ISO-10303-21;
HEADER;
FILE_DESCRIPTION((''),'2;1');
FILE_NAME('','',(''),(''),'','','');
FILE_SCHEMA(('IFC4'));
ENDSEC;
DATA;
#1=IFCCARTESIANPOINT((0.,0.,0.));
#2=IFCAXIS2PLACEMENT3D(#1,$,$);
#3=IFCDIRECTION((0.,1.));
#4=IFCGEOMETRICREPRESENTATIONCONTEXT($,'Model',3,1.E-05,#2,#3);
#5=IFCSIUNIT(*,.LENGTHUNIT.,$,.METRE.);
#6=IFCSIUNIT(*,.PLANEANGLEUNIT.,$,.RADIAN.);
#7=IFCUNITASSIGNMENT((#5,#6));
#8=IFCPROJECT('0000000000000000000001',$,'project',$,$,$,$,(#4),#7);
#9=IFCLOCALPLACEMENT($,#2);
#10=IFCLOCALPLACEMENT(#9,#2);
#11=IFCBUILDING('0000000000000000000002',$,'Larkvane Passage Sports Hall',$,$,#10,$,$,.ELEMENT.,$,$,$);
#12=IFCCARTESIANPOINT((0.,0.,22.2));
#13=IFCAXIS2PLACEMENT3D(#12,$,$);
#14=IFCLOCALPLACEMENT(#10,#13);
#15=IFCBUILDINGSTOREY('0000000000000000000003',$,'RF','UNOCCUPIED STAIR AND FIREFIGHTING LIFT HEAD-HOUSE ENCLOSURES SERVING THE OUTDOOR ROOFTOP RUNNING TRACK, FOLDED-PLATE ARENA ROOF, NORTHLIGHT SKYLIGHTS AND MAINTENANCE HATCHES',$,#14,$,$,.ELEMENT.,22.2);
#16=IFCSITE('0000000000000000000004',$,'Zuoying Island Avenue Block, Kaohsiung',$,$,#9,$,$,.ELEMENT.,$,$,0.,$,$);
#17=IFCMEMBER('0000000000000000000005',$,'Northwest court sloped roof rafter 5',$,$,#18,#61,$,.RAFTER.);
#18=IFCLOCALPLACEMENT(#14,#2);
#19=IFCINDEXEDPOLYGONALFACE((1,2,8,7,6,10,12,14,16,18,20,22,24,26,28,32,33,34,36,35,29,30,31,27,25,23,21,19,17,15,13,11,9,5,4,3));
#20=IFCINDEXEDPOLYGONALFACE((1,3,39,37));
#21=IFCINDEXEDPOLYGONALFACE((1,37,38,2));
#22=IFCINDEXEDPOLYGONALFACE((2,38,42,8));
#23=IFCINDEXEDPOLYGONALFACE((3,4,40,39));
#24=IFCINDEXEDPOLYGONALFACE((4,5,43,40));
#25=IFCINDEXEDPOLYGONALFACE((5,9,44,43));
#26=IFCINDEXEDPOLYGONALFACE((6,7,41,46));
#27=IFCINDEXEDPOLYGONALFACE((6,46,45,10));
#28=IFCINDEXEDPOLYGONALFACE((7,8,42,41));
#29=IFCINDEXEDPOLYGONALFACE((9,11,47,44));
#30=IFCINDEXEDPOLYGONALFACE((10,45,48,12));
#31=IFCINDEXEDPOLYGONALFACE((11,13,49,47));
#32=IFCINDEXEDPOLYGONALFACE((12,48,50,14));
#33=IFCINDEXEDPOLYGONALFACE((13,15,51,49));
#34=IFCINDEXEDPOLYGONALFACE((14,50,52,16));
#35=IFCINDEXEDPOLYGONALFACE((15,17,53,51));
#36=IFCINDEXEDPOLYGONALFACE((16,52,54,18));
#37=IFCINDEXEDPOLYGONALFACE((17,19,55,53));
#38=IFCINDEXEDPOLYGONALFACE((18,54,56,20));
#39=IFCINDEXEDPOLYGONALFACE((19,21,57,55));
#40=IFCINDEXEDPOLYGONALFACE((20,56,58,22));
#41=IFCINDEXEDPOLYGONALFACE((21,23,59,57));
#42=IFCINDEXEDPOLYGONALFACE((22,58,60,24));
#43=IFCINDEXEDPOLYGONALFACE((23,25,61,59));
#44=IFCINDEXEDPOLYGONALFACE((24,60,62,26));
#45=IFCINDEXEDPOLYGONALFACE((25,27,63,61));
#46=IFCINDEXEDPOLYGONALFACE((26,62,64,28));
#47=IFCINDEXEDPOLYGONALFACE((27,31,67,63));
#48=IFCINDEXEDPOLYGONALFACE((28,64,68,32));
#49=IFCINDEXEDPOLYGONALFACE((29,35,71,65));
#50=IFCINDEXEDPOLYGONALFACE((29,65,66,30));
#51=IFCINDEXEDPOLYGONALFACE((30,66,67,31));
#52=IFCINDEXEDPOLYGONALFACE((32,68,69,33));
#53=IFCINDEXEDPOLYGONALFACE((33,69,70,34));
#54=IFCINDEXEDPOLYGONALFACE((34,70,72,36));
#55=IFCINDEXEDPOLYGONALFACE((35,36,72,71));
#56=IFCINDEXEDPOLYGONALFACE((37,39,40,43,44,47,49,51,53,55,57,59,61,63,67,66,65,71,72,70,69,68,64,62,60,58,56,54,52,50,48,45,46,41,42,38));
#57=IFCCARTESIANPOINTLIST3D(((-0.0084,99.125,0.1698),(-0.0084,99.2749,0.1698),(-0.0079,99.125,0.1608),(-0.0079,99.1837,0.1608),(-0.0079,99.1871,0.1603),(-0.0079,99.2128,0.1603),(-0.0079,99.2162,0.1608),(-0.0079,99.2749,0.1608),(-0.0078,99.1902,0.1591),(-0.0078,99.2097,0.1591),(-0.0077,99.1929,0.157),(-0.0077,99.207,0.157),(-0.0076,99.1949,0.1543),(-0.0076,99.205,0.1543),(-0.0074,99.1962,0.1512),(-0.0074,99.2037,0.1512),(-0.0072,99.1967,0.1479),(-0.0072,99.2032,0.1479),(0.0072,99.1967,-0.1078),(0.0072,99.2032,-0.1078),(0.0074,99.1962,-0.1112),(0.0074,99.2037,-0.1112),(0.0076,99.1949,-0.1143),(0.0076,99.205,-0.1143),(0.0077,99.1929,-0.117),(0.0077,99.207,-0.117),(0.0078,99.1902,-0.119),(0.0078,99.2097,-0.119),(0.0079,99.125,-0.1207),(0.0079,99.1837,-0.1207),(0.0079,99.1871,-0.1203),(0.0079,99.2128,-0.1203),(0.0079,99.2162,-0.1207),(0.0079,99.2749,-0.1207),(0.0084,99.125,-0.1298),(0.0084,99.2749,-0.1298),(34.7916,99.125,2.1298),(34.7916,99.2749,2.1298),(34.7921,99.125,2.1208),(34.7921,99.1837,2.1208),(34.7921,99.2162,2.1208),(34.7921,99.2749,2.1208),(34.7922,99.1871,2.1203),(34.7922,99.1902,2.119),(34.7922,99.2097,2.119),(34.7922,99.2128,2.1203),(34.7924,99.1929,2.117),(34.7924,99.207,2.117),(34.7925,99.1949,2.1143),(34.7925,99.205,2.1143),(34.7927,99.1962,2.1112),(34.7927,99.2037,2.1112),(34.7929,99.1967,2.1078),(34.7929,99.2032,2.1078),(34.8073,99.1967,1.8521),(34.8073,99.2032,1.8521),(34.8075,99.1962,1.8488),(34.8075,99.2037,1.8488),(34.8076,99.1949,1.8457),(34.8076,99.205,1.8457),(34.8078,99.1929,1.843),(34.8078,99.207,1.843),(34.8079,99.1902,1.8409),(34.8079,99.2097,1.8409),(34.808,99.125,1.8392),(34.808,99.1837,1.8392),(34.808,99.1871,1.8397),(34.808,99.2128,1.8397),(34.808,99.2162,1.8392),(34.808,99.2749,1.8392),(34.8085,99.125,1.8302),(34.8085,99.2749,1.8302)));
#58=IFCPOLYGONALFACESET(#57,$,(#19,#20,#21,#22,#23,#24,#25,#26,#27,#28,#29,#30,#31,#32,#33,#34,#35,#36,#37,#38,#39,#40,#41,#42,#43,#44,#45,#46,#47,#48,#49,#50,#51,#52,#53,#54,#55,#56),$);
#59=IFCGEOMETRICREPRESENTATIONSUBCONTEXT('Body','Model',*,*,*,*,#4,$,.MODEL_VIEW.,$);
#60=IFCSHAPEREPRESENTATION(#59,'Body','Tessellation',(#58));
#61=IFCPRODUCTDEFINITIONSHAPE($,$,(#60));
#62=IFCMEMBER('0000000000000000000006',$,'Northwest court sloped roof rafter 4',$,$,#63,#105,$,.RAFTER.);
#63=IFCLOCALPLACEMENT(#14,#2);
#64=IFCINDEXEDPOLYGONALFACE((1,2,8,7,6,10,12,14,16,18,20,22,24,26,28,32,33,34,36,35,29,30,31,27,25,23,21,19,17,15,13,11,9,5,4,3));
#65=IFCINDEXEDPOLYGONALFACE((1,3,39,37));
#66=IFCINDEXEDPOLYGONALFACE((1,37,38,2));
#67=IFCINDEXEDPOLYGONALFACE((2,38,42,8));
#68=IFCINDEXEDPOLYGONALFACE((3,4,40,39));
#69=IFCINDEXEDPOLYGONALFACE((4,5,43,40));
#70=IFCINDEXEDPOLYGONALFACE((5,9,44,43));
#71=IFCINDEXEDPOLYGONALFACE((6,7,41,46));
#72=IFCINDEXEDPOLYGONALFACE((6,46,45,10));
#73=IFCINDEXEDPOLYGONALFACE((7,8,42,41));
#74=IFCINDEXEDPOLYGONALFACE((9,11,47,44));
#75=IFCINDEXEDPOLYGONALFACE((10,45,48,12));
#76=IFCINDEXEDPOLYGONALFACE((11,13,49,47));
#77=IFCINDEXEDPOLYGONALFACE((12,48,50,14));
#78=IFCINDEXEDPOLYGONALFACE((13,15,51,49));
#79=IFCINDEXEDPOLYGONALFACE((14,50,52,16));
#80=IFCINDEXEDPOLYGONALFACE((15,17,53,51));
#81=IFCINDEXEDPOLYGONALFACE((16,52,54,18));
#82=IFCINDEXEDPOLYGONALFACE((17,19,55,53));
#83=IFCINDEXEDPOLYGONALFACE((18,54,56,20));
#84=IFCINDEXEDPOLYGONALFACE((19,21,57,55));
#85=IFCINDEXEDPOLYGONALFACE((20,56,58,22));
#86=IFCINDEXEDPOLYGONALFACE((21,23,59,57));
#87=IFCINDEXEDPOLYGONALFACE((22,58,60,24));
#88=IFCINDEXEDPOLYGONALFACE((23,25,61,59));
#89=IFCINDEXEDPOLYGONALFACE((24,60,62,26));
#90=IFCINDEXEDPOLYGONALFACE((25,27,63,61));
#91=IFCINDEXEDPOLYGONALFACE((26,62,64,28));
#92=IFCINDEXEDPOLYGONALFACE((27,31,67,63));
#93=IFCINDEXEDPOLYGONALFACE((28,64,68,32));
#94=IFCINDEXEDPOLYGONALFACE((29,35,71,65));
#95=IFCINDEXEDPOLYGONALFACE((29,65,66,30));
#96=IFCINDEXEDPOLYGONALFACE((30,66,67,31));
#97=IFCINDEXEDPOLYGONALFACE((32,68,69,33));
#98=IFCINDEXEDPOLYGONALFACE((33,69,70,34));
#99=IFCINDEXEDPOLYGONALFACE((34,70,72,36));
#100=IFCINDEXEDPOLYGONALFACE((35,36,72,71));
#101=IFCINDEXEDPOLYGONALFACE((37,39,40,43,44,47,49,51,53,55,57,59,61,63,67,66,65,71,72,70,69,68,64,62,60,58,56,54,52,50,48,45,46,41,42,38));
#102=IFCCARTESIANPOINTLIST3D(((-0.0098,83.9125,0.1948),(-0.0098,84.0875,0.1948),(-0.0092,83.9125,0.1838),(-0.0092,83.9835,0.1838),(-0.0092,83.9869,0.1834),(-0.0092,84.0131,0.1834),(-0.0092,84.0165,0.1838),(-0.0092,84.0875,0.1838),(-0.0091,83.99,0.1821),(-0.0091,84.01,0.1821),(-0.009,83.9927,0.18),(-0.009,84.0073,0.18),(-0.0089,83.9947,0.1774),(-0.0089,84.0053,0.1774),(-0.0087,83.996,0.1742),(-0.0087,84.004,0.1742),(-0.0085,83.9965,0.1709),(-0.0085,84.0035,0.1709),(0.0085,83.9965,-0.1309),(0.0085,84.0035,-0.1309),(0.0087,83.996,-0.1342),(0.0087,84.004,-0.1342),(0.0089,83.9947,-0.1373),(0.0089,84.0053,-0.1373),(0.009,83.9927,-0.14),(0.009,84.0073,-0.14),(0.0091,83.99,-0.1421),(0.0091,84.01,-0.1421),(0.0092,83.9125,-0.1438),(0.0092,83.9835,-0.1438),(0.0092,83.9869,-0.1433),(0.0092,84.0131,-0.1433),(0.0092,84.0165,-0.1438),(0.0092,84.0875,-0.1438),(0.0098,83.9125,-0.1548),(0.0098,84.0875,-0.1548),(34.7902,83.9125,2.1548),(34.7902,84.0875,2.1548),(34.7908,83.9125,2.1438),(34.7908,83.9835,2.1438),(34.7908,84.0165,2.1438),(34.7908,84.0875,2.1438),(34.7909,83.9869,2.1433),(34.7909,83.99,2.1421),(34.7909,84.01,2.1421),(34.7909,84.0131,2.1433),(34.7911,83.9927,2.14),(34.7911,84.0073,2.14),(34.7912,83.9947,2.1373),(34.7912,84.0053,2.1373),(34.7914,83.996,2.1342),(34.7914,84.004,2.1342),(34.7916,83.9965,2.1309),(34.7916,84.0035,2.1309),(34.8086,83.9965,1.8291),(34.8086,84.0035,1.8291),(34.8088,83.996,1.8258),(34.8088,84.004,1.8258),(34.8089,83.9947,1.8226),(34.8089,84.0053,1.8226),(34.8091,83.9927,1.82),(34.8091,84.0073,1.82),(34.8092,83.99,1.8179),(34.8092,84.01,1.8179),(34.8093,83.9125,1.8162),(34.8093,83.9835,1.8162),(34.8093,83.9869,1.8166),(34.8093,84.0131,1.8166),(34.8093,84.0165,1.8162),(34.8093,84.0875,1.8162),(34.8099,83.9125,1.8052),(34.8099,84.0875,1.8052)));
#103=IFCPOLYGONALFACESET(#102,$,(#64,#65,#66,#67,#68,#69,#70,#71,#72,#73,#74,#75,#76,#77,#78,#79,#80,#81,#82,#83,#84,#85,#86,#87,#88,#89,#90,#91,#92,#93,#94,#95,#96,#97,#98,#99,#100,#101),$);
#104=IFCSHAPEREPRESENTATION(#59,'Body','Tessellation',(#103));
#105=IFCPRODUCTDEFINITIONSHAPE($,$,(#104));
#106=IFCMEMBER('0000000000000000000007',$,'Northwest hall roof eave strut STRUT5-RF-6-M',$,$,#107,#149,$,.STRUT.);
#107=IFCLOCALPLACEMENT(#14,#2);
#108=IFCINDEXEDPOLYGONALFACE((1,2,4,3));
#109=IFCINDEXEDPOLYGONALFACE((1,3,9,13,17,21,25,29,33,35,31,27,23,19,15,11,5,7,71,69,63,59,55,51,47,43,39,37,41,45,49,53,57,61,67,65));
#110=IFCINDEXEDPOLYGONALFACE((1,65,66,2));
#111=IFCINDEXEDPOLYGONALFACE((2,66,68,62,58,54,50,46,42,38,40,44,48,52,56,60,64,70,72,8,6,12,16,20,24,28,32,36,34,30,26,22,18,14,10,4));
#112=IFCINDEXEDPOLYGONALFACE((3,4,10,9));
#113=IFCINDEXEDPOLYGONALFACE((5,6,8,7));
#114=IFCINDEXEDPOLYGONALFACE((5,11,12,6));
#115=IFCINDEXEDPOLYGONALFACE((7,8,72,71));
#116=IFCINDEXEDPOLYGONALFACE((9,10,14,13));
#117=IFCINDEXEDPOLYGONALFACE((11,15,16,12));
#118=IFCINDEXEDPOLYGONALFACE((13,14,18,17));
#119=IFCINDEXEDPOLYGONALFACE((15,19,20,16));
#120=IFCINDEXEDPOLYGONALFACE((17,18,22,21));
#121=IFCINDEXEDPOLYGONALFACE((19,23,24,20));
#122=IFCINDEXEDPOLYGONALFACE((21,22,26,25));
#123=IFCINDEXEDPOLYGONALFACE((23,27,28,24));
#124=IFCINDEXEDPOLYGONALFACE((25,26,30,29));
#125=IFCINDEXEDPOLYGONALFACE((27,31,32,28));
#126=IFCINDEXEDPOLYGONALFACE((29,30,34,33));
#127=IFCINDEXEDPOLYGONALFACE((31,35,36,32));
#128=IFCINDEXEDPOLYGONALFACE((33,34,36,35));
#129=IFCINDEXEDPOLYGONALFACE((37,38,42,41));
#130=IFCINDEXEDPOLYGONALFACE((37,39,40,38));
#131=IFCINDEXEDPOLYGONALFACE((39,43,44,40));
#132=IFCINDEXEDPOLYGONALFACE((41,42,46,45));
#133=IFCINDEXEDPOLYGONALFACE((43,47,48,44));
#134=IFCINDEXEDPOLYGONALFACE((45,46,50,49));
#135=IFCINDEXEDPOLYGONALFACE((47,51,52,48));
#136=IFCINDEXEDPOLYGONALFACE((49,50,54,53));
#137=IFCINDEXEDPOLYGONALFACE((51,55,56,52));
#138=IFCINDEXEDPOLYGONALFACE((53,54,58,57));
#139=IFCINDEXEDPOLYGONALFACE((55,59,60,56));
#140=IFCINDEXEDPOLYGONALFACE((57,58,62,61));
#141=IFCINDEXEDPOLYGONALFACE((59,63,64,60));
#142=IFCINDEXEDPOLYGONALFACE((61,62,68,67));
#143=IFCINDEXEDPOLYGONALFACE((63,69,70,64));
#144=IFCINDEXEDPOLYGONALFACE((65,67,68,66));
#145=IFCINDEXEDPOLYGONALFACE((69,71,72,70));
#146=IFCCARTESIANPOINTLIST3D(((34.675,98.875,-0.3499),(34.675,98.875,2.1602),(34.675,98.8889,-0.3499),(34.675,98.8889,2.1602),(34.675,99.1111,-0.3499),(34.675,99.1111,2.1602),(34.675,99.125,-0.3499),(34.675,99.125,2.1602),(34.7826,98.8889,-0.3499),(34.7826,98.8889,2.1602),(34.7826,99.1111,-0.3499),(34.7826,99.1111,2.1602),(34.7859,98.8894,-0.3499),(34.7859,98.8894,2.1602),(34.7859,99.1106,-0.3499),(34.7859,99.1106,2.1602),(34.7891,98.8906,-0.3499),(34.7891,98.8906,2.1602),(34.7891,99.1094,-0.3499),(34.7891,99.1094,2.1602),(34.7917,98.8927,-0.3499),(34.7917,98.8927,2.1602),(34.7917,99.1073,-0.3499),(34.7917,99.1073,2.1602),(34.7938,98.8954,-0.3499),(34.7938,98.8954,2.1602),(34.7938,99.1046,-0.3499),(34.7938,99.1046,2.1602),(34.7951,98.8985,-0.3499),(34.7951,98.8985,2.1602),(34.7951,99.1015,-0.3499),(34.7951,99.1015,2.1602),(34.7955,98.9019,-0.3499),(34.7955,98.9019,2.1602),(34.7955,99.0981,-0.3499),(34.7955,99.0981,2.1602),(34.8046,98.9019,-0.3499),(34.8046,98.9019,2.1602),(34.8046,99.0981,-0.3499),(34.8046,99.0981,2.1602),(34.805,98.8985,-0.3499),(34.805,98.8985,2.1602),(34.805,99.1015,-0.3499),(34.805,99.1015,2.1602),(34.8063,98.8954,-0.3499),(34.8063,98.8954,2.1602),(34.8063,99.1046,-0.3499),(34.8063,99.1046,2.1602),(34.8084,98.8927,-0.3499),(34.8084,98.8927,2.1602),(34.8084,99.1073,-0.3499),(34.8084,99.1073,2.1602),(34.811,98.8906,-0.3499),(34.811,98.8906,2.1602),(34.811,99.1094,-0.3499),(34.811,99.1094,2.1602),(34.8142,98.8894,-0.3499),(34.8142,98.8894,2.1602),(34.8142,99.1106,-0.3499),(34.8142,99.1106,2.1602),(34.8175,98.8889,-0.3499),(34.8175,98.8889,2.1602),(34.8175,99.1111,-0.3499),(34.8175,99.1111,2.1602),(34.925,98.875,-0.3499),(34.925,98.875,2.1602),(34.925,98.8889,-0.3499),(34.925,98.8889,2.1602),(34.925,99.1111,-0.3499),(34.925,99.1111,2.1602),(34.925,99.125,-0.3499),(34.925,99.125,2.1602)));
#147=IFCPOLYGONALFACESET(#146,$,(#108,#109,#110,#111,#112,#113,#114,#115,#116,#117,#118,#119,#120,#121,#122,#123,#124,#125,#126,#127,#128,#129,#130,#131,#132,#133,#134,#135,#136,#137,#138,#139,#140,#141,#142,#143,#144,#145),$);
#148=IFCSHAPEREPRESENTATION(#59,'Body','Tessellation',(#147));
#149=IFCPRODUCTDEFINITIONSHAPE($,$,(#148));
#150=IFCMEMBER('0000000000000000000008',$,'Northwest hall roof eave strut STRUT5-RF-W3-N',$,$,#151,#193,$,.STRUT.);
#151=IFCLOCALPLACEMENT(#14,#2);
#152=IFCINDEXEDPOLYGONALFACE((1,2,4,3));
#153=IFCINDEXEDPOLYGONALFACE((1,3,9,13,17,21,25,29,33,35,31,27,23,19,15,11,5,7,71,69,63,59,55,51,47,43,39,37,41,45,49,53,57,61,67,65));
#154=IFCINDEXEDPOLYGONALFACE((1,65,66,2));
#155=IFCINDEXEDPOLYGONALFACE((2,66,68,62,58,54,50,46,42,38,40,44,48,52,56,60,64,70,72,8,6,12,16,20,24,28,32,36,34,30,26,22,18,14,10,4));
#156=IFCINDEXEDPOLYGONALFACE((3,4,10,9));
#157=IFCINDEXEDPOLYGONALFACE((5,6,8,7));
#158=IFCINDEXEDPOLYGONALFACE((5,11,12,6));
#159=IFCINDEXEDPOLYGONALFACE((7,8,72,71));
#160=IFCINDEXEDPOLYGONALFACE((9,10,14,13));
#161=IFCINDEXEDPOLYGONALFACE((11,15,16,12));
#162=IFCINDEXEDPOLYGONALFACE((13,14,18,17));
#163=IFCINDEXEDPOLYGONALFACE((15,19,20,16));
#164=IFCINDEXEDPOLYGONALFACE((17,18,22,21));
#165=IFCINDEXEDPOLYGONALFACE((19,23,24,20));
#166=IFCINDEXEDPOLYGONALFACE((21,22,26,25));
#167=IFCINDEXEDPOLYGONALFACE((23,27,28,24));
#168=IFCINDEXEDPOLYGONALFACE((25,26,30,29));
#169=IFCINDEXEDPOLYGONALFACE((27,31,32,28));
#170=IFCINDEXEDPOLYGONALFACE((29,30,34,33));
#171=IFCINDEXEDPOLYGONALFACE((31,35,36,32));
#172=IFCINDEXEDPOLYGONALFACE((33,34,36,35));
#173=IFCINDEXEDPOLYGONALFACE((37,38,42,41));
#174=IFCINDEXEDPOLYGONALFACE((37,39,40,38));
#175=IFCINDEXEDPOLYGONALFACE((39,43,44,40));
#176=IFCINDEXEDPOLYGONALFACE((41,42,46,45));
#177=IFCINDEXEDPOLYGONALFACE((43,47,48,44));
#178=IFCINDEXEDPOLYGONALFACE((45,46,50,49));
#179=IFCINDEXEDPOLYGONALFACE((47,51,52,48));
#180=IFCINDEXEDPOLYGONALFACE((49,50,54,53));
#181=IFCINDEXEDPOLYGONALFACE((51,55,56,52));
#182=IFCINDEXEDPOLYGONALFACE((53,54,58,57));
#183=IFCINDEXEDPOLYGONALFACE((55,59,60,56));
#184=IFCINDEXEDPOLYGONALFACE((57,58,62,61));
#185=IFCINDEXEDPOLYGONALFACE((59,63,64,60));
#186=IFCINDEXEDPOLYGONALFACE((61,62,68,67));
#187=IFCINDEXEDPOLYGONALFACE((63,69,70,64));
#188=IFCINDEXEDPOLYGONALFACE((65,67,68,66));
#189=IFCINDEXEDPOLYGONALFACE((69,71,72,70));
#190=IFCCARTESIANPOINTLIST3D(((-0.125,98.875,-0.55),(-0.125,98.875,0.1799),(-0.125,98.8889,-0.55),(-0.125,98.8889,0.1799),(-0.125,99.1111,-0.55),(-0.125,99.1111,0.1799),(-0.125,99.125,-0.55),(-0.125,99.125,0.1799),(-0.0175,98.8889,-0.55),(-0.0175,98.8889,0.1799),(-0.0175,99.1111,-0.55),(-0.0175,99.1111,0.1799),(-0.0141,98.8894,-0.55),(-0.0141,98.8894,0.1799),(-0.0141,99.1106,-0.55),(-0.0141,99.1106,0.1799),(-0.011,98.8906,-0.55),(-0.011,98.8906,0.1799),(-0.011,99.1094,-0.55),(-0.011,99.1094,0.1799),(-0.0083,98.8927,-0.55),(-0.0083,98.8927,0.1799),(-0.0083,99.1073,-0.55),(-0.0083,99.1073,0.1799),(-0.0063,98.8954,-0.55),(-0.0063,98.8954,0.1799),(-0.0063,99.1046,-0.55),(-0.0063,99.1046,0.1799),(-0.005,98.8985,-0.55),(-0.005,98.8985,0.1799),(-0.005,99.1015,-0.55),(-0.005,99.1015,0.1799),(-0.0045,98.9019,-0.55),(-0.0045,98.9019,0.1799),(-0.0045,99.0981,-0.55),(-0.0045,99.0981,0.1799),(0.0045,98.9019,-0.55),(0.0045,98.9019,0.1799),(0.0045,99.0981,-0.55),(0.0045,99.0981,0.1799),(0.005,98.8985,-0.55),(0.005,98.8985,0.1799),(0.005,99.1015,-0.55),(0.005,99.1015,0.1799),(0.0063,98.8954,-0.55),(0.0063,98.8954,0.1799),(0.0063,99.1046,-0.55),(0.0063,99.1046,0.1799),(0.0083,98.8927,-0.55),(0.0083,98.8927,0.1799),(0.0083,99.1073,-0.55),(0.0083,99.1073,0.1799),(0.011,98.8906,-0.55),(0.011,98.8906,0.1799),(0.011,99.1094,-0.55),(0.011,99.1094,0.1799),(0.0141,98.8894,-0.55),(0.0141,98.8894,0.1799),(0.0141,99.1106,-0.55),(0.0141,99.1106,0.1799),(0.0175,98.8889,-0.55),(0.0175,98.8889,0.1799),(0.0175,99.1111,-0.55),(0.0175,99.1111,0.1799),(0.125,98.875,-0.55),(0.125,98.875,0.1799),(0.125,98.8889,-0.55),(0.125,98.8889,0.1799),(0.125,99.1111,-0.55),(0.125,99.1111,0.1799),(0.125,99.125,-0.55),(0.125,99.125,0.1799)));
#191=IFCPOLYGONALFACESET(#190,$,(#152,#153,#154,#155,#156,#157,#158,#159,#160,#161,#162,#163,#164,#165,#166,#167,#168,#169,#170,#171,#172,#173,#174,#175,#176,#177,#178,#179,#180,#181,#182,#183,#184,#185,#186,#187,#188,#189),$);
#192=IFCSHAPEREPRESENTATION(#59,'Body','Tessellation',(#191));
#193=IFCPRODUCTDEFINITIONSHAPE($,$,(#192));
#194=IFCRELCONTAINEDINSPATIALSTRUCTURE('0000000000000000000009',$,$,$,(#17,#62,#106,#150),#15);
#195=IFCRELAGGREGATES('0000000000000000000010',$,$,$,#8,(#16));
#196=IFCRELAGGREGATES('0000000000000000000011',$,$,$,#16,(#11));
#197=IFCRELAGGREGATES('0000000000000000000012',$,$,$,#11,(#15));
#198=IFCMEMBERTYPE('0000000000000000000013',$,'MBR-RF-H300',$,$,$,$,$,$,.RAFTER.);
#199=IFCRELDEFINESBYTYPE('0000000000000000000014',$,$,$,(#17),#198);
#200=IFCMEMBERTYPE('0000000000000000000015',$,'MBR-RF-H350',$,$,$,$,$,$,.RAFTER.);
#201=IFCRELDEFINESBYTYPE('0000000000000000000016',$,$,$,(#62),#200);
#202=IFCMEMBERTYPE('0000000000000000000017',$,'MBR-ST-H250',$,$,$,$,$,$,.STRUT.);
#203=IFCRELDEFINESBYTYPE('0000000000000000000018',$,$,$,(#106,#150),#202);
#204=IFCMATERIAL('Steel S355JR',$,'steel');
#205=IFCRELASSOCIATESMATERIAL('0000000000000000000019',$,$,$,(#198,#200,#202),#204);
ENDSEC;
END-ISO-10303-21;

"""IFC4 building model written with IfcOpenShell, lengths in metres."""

from ifc_helpers import new_model, si_unit, direction, frame, origin, origin_2d, place, context, subcontext, project, spatial, i_section, extrude, material, material_profile, profile_set, type_object, element, save


model = new_model("IFC4")

# Units and contexts
model_context = context("Model", 3, precision=1e-05, world=origin(), true_north=direction((0.0, 1.0)))
body_context = subcontext(model_context, "Body", "Model", "MODEL_VIEW")
ifc_project = project(units=[si_unit("LENGTHUNIT", "METRE"), si_unit("PLANEANGLEUNIT", "RADIAN")], contexts=[model_context])

# Site, building, storey
site_placement = place(None, origin())
site = spatial("IfcSite", under=ifc_project, at=site_placement, Name="Zuoying Island Avenue Block, Kaohsiung", CompositionType="ELEMENT", RefElevation=0.0)
building_placement = place(site_placement, origin())
building = spatial("IfcBuilding", under=site, at=building_placement, Name="Larkvane Passage Sports Hall", CompositionType="ELEMENT")
storey_placement = place(building_placement, frame((0.0, 0.0, 22.2)))
storey = spatial("IfcBuildingStorey", under=building, at=storey_placement, Name="RF", Description="UNOCCUPIED STAIR AND FIREFIGHTING LIFT HEAD-HOUSE ENCLOSURES SERVING THE OUTDOOR ROOFTOP RUNNING TRACK, FOLDED-PLATE ARENA ROOF, NORTHLIGHT SKYLIGHTS AND MAINTENANCE HATCHES", CompositionType="ELEMENT", Elevation=22.2)

# Shared definitions
ifc_material_1 = material(Name="Steel S355JR", Category="steel")

# Members
ifc_material_profile_1 = material_profile(ifc_material_1, i_section(OverallWidth=0.1499, OverallDepth=0.3, WebThickness=0.0066, FlangeThickness=0.009, FilletRadius=0.0129, at=origin_2d()), Name="H-300x150x6.5x9")
ifc_profile_set_1 = profile_set([ifc_material_profile_1], Name="Steel S355JR")
member_type_1 = type_object("IfcMemberType", Name="MBR-RF-H300", PredefinedType="RAFTER", material=ifc_profile_set_1)
member_1_placement = place(storey_placement, frame((0.0, 99.2, 0.02), z_axis=(0.998418, 0.0, 0.056232), x_axis=(0.0, 1.0, 0.0)))
element("IfcMember", 1, at=member_1_placement, inside=storey, type_object=member_type_1, Name="Northwest court sloped roof rafter 5", PredefinedType="RAFTER", context=body_context, shape_type="SweptSolid", body=[
    extrude(i_section(OverallWidth=0.1499, OverallDepth=0.3, WebThickness=0.0066, FlangeThickness=0.009, FilletRadius=0.0129, at=origin_2d()), origin(), (0.0, 0.0, 1.0), 34.8552),
])
ifc_material_profile_2 = material_profile(ifc_material_1, i_section(OverallWidth=0.175, OverallDepth=0.3501, WebThickness=0.0071, FlangeThickness=0.011, FilletRadius=0.0129, at=origin_2d()), Name="H-350x175x7x11")
ifc_profile_set_2 = profile_set([ifc_material_profile_2], Name="Steel S355JR")
member_type_2 = type_object("IfcMemberType", Name="MBR-RF-H350", PredefinedType="RAFTER", material=ifc_profile_set_2)
member_2_placement = place(storey_placement, frame((0.0, 84.0, 0.02), z_axis=(0.998418, 0.0, 0.056232), x_axis=(0.0, 1.0, 0.0)))
element("IfcMember", 2, at=member_2_placement, inside=storey, type_object=member_type_2, Name="Northwest court sloped roof rafter 4", PredefinedType="RAFTER", context=body_context, shape_type="SweptSolid", body=[
    extrude(i_section(OverallWidth=0.175, OverallDepth=0.3501, WebThickness=0.0071, FlangeThickness=0.011, FilletRadius=0.0129, at=origin_2d()), origin(), (0.0, 0.0, 1.0), 34.8552),
])
ifc_material_profile_3 = material_profile(ifc_material_1, i_section(OverallWidth=0.25, OverallDepth=0.25, WebThickness=0.009, FlangeThickness=0.0139, FilletRadius=0.0129, at=origin_2d()), Name="H-250x250x9x14")
ifc_profile_set_3 = profile_set([ifc_material_profile_3], Name="Steel S355JR")
member_type_3 = type_object("IfcMemberType", Name="MBR-ST-H250", PredefinedType="STRUT", material=ifc_profile_set_3)
member_3_placement = place(storey_placement, frame((34.8, 99.0, -0.3499), z_axis=(0.0, 0.0, 1.0), x_axis=(1.0, 0.0, 0.0)))
element("IfcMember", 3, at=member_3_placement, inside=storey, type_object=member_type_3, Name="Northwest hall roof eave strut STRUT5-RF-6-M", PredefinedType="STRUT", context=body_context, shape_type="SweptSolid", body=[
    extrude(i_section(OverallWidth=0.25, OverallDepth=0.25, WebThickness=0.009, FlangeThickness=0.0139, FilletRadius=0.0129, at=origin_2d()), origin(), (0.0, 0.0, 1.0), 2.51),
])
member_4_placement = place(storey_placement, frame((0.0, 99.0, -0.55), z_axis=(0.0, 0.0, 1.0), x_axis=(1.0, 0.0, 0.0)))
element("IfcMember", 4, at=member_4_placement, inside=storey, type_object=member_type_3, Name="Northwest hall roof eave strut STRUT5-RF-W3-N", PredefinedType="STRUT", context=body_context, shape_type="SweptSolid", body=[
    extrude(i_section(OverallWidth=0.25, OverallDepth=0.25, WebThickness=0.009, FlangeThickness=0.0139, FilletRadius=0.0129, at=origin_2d()), origin(), (0.0, 0.0, 1.0), 0.73),
])

save(model, "model.ifc")
